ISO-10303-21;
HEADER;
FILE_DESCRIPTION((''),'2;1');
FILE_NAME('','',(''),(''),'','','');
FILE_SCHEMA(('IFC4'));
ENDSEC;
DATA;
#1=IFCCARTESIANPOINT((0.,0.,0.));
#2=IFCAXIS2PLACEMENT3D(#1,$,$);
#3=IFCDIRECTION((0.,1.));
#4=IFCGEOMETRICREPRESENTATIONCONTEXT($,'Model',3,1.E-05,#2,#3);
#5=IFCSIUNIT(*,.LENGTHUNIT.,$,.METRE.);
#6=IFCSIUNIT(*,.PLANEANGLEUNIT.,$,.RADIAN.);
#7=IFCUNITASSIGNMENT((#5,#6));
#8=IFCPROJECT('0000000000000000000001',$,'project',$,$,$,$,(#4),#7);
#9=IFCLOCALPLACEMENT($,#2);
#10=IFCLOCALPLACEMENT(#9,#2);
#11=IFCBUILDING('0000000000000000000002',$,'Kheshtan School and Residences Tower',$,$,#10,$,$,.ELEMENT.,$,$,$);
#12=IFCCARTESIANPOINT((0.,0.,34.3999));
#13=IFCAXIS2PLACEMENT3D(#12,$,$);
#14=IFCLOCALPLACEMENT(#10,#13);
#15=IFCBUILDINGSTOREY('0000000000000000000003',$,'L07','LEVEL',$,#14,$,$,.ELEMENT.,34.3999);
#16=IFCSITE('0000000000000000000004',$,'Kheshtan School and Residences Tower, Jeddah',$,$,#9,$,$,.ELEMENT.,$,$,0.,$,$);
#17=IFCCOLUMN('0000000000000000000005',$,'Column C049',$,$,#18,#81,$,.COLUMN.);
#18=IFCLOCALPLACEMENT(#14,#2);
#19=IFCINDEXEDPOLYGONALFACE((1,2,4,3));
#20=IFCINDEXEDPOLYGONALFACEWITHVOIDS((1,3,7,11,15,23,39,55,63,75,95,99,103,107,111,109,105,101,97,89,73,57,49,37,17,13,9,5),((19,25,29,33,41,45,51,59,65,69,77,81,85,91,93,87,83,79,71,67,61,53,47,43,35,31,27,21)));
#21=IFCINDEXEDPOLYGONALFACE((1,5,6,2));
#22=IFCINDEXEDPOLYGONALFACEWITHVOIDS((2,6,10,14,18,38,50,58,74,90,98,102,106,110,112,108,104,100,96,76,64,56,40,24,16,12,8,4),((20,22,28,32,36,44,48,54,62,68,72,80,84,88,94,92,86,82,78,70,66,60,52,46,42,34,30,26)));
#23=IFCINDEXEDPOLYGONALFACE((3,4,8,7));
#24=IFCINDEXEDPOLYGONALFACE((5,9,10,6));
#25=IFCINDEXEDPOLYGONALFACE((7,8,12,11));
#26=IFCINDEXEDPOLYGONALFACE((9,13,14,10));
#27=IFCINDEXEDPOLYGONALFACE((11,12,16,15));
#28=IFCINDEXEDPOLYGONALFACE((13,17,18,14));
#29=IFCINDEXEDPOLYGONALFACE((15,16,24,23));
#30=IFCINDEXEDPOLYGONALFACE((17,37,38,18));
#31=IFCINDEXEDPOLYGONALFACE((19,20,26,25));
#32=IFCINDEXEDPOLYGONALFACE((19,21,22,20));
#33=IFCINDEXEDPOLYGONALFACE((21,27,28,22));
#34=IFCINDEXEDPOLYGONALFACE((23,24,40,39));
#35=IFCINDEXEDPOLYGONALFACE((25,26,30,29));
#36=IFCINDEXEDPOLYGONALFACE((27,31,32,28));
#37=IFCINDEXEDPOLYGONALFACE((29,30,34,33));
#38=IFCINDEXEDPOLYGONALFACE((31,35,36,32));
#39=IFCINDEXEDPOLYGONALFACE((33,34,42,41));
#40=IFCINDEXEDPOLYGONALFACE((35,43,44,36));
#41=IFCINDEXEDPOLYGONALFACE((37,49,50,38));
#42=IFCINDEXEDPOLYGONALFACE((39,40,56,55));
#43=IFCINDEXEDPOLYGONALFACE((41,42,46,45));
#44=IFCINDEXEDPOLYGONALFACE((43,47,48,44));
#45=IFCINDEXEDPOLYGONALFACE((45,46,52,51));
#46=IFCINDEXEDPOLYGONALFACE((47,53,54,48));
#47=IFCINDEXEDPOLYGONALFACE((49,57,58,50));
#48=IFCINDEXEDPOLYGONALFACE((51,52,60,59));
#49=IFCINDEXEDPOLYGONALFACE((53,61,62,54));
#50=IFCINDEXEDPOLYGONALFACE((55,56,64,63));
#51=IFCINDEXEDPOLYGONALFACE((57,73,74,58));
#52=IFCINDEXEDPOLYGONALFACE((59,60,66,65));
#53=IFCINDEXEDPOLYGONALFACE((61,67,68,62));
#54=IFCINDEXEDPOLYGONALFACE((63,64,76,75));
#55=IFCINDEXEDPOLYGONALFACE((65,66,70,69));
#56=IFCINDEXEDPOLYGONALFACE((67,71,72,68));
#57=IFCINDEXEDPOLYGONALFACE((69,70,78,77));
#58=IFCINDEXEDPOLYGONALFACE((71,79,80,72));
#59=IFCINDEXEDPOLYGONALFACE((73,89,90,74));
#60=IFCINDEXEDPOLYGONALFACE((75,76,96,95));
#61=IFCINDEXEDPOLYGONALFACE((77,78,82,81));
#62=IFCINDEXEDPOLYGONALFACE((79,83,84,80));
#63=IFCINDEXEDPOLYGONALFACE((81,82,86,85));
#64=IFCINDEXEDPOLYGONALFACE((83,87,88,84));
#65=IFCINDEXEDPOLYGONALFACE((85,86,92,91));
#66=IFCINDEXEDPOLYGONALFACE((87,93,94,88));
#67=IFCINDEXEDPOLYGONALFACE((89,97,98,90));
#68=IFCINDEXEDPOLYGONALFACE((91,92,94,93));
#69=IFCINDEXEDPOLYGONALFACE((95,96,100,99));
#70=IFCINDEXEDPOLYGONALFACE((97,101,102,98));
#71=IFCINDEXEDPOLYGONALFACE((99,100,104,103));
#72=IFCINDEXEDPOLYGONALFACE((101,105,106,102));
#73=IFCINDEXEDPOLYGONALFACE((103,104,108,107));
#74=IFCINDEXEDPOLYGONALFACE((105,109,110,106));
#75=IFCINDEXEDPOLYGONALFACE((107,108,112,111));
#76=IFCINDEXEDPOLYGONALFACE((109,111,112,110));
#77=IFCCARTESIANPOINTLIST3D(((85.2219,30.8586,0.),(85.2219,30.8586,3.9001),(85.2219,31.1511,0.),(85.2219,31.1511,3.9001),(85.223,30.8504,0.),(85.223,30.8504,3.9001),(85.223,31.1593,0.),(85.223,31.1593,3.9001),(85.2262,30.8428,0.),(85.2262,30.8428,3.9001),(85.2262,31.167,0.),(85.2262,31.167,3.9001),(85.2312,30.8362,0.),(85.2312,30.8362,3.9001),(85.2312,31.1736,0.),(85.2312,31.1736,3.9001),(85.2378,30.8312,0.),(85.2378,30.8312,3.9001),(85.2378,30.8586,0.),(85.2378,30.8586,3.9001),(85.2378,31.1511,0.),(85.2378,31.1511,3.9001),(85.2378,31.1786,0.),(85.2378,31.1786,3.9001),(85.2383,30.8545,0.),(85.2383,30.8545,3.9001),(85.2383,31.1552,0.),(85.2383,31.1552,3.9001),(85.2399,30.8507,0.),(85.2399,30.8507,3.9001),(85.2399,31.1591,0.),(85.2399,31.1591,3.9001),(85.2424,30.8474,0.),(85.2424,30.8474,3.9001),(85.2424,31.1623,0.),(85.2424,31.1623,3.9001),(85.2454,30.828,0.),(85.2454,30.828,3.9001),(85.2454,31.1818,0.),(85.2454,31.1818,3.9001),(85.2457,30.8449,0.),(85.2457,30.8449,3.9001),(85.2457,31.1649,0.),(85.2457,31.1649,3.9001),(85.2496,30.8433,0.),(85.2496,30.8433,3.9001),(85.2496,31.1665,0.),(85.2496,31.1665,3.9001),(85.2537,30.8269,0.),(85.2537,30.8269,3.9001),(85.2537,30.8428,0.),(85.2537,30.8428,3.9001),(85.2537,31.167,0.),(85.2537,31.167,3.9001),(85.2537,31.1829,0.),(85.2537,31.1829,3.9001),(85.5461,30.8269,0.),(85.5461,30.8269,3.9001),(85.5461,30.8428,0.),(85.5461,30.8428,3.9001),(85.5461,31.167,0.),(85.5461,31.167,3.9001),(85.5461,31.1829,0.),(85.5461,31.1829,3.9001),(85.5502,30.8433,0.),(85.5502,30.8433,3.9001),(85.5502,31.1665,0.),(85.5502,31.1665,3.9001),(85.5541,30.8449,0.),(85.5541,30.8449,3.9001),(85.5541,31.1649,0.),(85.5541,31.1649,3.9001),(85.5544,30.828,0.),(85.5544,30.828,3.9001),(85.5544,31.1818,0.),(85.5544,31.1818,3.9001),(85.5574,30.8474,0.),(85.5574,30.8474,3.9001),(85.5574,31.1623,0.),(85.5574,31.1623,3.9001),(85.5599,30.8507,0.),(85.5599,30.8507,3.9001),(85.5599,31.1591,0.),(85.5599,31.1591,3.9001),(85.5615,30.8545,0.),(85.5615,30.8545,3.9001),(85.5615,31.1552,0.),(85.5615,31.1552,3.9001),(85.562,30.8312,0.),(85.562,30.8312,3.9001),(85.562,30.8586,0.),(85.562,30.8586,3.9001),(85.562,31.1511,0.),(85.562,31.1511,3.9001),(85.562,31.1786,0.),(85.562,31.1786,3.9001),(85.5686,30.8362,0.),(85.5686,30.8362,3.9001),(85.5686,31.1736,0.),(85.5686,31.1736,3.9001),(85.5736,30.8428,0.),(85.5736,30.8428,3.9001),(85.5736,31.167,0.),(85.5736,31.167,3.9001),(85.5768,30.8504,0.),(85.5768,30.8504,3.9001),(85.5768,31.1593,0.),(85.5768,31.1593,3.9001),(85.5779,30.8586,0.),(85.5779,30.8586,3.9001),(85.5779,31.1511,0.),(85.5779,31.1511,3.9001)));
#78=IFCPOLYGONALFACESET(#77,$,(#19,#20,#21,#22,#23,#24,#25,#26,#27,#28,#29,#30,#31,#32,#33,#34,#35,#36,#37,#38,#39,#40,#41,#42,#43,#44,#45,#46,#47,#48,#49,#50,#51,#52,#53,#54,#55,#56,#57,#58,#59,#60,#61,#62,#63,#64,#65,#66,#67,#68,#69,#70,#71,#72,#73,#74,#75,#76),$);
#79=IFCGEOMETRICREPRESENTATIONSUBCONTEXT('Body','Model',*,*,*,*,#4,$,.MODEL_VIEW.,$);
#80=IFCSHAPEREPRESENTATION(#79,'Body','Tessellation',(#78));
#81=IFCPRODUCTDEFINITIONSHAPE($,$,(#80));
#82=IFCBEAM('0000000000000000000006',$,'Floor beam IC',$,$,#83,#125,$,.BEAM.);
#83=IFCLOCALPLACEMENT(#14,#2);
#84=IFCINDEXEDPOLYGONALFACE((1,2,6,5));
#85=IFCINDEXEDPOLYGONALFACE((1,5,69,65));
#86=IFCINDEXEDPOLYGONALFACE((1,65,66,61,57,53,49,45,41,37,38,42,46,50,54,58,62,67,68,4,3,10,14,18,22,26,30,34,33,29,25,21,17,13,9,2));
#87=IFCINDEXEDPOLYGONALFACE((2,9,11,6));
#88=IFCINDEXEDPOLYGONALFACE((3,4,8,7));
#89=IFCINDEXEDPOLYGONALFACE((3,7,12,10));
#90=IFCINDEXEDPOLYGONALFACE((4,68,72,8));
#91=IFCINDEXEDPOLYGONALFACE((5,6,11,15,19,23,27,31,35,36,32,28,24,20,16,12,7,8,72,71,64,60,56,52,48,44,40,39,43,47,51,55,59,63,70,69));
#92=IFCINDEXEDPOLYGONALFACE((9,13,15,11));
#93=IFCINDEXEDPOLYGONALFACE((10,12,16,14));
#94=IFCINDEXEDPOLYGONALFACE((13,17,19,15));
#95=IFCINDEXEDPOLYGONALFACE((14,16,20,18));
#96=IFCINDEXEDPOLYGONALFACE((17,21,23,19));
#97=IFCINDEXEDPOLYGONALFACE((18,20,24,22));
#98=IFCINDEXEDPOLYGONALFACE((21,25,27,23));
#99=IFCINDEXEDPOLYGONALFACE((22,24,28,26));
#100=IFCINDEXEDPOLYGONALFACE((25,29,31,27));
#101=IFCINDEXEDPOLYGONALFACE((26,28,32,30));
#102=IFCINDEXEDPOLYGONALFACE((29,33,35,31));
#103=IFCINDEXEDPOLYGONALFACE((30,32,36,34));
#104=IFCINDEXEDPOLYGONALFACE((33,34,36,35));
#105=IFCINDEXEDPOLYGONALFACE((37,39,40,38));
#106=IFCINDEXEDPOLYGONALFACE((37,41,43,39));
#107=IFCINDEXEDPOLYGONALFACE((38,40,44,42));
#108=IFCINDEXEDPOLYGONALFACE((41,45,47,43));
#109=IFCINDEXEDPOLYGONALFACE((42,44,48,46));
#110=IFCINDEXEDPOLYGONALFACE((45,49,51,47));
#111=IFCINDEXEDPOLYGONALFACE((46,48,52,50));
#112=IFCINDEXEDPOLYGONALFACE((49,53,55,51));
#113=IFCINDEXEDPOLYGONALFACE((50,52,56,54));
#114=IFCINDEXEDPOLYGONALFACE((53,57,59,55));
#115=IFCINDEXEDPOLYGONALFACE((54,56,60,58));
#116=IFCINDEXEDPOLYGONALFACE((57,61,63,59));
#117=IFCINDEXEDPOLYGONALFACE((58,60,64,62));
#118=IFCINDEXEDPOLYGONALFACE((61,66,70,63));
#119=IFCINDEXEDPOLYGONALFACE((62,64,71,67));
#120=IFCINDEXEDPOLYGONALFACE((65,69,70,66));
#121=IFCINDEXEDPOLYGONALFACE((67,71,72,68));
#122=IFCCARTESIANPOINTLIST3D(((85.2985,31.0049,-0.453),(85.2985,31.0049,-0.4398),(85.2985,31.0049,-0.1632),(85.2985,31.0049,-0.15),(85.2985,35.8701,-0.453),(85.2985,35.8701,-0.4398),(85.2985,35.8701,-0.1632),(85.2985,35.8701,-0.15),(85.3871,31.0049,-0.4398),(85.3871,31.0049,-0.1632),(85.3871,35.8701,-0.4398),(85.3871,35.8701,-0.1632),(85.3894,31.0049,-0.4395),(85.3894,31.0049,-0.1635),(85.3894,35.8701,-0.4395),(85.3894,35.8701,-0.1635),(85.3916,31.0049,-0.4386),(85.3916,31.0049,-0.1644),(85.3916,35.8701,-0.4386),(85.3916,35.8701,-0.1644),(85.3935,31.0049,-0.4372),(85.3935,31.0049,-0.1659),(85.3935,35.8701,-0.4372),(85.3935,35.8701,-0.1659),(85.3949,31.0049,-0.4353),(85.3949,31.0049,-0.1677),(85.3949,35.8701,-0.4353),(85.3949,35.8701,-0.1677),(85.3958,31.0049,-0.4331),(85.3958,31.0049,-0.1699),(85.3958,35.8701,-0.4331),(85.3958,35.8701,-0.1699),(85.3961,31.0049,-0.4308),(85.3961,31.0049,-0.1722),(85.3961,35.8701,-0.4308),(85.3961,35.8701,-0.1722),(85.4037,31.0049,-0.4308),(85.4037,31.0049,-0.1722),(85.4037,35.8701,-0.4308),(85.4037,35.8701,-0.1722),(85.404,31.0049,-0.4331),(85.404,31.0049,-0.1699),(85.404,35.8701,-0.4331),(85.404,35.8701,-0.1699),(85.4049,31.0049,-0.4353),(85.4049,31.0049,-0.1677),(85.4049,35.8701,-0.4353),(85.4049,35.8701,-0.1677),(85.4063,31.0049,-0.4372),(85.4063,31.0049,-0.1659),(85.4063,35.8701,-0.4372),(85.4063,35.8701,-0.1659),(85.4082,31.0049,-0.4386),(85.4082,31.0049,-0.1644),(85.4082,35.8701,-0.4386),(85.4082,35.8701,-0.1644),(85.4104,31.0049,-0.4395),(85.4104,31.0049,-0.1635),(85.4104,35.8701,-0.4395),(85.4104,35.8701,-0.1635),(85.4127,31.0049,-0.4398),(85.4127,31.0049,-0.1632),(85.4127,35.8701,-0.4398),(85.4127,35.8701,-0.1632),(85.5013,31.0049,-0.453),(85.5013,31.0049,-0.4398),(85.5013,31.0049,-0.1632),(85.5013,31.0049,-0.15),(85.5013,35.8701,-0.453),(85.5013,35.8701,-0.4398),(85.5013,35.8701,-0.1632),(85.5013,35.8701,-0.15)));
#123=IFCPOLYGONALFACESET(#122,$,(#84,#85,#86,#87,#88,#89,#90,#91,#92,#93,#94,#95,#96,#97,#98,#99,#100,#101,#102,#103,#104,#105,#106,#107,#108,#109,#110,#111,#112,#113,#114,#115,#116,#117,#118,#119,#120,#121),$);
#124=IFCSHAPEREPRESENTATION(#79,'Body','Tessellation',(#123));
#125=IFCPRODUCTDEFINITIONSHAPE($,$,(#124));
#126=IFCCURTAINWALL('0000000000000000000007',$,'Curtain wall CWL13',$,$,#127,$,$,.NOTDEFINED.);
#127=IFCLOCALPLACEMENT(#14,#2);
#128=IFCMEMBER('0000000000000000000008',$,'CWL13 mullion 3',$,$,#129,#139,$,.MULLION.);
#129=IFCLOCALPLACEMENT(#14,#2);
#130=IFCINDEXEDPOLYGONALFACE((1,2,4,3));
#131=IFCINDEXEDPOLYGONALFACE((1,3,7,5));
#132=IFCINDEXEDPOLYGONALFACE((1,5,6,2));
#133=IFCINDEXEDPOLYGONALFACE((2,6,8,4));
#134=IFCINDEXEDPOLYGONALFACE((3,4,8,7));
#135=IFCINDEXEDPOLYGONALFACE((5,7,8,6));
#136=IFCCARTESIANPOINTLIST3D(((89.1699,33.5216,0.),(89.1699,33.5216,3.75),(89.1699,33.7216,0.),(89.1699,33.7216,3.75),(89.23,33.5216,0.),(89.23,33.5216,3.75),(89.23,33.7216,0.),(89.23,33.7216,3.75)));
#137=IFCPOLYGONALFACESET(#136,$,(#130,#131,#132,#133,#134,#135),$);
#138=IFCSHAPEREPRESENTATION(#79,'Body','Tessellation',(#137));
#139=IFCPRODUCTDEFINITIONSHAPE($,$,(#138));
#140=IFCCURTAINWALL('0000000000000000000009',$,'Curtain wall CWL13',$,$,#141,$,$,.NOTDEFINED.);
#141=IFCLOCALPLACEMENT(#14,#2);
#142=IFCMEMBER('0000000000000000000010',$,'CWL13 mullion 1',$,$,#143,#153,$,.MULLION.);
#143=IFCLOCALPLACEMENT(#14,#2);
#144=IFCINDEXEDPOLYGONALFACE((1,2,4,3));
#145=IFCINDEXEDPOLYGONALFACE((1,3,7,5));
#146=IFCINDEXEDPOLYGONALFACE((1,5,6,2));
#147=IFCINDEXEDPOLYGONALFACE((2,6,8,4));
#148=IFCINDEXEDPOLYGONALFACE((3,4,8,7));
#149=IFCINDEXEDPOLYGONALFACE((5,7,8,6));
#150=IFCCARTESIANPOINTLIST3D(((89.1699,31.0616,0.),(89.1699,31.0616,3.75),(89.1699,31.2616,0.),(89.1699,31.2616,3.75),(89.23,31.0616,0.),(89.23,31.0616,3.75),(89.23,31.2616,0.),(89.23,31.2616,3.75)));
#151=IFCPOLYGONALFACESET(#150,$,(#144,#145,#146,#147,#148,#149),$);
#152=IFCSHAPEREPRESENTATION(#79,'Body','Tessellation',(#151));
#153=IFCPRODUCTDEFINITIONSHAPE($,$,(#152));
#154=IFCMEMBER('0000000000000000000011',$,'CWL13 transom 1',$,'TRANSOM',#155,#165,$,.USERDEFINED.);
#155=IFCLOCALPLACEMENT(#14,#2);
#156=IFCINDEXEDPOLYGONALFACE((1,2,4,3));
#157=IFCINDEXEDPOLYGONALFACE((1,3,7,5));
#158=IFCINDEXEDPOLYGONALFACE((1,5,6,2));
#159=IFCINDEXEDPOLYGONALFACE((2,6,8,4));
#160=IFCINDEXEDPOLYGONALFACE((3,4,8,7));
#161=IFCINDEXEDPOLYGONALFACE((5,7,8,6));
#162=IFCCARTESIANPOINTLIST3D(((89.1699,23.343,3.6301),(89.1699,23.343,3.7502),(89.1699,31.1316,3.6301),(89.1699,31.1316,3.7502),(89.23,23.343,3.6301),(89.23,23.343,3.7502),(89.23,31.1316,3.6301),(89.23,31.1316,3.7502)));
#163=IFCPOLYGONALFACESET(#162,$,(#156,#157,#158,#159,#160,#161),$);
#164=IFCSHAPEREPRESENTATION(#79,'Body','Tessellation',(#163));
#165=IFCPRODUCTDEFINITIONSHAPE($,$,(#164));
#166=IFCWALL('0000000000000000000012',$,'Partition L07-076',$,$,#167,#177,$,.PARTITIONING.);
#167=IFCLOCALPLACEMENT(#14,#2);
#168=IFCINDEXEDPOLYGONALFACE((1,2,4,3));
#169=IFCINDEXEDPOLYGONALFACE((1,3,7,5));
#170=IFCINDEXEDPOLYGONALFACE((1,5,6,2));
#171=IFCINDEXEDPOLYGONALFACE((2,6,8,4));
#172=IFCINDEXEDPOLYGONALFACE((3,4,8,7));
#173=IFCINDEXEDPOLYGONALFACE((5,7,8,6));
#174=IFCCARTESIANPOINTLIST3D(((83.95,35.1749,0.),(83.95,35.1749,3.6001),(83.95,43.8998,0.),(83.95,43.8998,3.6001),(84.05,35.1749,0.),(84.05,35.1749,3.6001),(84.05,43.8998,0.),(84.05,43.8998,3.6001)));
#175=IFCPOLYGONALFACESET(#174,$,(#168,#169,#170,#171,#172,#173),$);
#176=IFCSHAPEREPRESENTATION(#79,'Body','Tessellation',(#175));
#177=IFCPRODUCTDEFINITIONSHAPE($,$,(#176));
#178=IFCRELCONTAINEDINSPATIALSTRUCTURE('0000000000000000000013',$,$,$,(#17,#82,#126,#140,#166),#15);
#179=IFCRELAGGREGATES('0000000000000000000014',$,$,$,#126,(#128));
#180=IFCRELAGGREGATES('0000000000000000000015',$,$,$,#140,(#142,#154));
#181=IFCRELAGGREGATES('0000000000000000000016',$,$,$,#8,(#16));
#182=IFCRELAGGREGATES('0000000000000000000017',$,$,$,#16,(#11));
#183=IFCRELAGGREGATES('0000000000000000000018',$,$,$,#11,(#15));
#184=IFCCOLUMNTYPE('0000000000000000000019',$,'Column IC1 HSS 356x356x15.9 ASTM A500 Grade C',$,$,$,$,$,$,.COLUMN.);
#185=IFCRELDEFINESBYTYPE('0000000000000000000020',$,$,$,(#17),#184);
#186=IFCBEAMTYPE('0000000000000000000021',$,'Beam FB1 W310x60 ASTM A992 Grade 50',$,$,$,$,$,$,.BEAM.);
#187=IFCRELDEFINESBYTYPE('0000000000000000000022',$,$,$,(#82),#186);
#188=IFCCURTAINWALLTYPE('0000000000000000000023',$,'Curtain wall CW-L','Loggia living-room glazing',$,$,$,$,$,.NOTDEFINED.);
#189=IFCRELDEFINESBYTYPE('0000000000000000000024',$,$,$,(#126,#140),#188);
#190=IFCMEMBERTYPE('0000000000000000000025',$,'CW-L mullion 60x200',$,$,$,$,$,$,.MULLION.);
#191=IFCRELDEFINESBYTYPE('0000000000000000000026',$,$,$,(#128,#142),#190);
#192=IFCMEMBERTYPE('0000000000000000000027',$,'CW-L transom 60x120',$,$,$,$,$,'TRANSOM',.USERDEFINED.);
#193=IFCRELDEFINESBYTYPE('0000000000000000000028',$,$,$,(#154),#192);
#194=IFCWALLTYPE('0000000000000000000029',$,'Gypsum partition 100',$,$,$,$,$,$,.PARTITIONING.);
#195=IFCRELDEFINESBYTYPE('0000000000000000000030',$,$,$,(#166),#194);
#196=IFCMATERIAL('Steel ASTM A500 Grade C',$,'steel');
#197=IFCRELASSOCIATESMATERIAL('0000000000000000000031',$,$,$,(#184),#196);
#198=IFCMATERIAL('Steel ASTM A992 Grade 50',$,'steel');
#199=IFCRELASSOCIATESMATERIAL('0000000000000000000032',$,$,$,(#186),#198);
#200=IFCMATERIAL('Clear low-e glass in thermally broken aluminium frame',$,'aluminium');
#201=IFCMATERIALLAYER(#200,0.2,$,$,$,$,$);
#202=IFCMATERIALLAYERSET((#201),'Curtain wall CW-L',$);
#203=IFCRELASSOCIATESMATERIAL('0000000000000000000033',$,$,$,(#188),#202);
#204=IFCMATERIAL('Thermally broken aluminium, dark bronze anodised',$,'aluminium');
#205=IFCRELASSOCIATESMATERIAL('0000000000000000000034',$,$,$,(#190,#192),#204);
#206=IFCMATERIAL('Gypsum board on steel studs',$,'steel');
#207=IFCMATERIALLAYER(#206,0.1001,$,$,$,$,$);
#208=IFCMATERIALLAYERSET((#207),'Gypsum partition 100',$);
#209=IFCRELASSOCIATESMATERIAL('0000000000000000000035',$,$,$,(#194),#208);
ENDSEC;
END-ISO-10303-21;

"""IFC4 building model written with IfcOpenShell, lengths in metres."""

from ifc_helpers import new_model, si_unit, direction, frame, frame_2d, origin, origin_2d, place, context, subcontext, project, spatial, rectangle, hollow_rectangle, i_section, extrude, material, layer, layer_set, material_profile, profile_set, type_object, element, aggregate, save


model = new_model("IFC4")

# Units and contexts
model_context = context("Model", 3, precision=1e-05, world=origin(), true_north=direction((0.0, 1.0)))
body_context = subcontext(model_context, "Body", "Model", "MODEL_VIEW")
ifc_project = project(units=[si_unit("LENGTHUNIT", "METRE"), si_unit("PLANEANGLEUNIT", "RADIAN")], contexts=[model_context])

# Site, building, storey
site_placement = place(None, origin())
site = spatial("IfcSite", under=ifc_project, at=site_placement, Name="Kheshtan School and Residences Tower, Jeddah", CompositionType="ELEMENT", RefElevation=0.0)
building_placement = place(site_placement, origin())
building = spatial("IfcBuilding", under=site, at=building_placement, Name="Kheshtan School and Residences Tower", CompositionType="ELEMENT")
storey_placement = place(building_placement, frame((0.0, 0.0, 34.3999)))
storey = spatial("IfcBuildingStorey", under=building, at=storey_placement, Name="L07", Description="LEVEL", CompositionType="ELEMENT", Elevation=34.3999)

# Column
ifc_material_1 = material(Name="Steel ASTM A500 Grade C", Category="steel")
ifc_material_profile_1 = material_profile(ifc_material_1, hollow_rectangle(XDim=0.356, YDim=0.356, WallThickness=0.0159, InnerFilletRadius=0.0159, OuterFilletRadius=0.0317, at=origin_2d()), Name="HSS 356x356x15.9")
ifc_profile_set_1 = profile_set([ifc_material_profile_1], Name="Steel ASTM A500 Grade C")
column_type = type_object("IfcColumnType", Name="Column IC1 HSS 356x356x15.9 ASTM A500 Grade C", PredefinedType="COLUMN", material=ifc_profile_set_1)
column_placement = place(storey_placement, frame((85.3999, 31.0049, 0.0), z_axis=(0.0, 0.0, 1.0), x_axis=(1.0, 0.0, 0.0)))
element("IfcColumn", 1, at=column_placement, inside=storey, type_object=column_type, Name="Column C049", PredefinedType="COLUMN", context=body_context, shape_type="SweptSolid", body=[
    extrude(hollow_rectangle(XDim=0.356, YDim=0.356, WallThickness=0.0159, InnerFilletRadius=0.0159, OuterFilletRadius=0.0317, at=origin_2d()), origin(), (0.0, 0.0, 1.0), 3.9001),
])

# Beam
ifc_material_2 = material(Name="Steel ASTM A992 Grade 50", Category="steel")
ifc_material_profile_2 = material_profile(ifc_material_2, i_section(OverallWidth=0.2029, OverallDepth=0.303, WebThickness=0.0076, FlangeThickness=0.0132, FilletRadius=0.009, at=origin_2d()), Name="W310x60")
ifc_profile_set_2 = profile_set([ifc_material_profile_2], Name="Steel ASTM A992 Grade 50")
beam_type = type_object("IfcBeamType", Name="Beam FB1 W310x60 ASTM A992 Grade 50", PredefinedType="BEAM", material=ifc_profile_set_2)
beam_placement = place(storey_placement, frame((85.3999, 31.0049, -0.3015), z_axis=(0.0, 1.0, 0.0), x_axis=(-1.0, 0.0, 0.0)))
element("IfcBeam", 2, at=beam_placement, inside=storey, type_object=beam_type, Name="Floor beam IC", PredefinedType="BEAM", context=body_context, shape_type="SweptSolid", body=[
    extrude(i_section(OverallWidth=0.2029, OverallDepth=0.303, WebThickness=0.0076, FlangeThickness=0.0132, FilletRadius=0.009, at=origin_2d()), origin(), (0.0, 0.0, 1.0), 4.8652),
])

# Curtain wall, member
ifc_material_3 = material(Name="Clear low-e glass in thermally broken aluminium frame", Category="aluminium")
ifc_layer_1 = layer(ifc_material_3, 0.2)
ifc_layer_set_1 = layer_set([ifc_layer_1], Name="Curtain wall CW-L")
curtain_wall_type = type_object("IfcCurtainWallType", Name="Curtain wall CW-L", Description="Loggia living-room glazing", PredefinedType="NOTDEFINED", material=ifc_layer_set_1)
curtain_wall_1_placement = place(storey_placement, origin())
curtain_wall_1 = element("IfcCurtainWall", 3, at=curtain_wall_1_placement, inside=storey, type_object=curtain_wall_type, Name="Curtain wall CWL13", PredefinedType="NOTDEFINED")
ifc_material_4 = material(Name="Thermally broken aluminium, dark bronze anodised", Category="aluminium")
ifc_material_profile_3 = material_profile(ifc_material_4, rectangle(XDim=0.0601, YDim=0.2, at=origin_2d()), Name="CW-L mullion 60x200")
ifc_profile_set_3 = profile_set([ifc_material_profile_3], Name="Thermally broken aluminium, dark bronze anodised")
member_type_1 = type_object("IfcMemberType", Name="CW-L mullion 60x200", PredefinedType="MULLION", material=ifc_profile_set_3)
member_1_placement = place(storey_placement, frame((89.2, 33.6216, 0.0), z_axis=(0.0, 0.0, 1.0), x_axis=(1.0, 0.0, 0.0)))
member_1 = element("IfcMember", 4, at=member_1_placement, type_object=member_type_1, Name="CWL13 mullion 3", PredefinedType="MULLION", context=body_context, shape_type="SweptSolid", body=[
    extrude(rectangle(XDim=0.0601, YDim=0.2, at=origin_2d()), origin(), (0.0, 0.0, 1.0), 3.75),
])
aggregate(curtain_wall_1, [member_1])

# Curtain wall, members
curtain_wall_2_placement = place(storey_placement, origin())
curtain_wall_2 = element("IfcCurtainWall", 5, at=curtain_wall_2_placement, inside=storey, type_object=curtain_wall_type, Name="Curtain wall CWL13", PredefinedType="NOTDEFINED")
member_2_placement = place(storey_placement, frame((89.2, 31.1616, 0.0), z_axis=(0.0, 0.0, 1.0), x_axis=(1.0, 0.0, 0.0)))
member_2 = element("IfcMember", 6, at=member_2_placement, type_object=member_type_1, Name="CWL13 mullion 1", PredefinedType="MULLION", context=body_context, shape_type="SweptSolid", body=[
    extrude(rectangle(XDim=0.0601, YDim=0.2, at=origin_2d()), origin(), (0.0, 0.0, 1.0), 3.75),
])
ifc_material_profile_4 = material_profile(ifc_material_4, rectangle(XDim=0.0601, YDim=0.1201, at=origin_2d()), Name="CW-L transom 60x120")
ifc_profile_set_4 = profile_set([ifc_material_profile_4], Name="Thermally broken aluminium, dark bronze anodised")
member_type_2 = type_object("IfcMemberType", Name="CW-L transom 60x120", ElementType="TRANSOM", PredefinedType="USERDEFINED", material=ifc_profile_set_4)
member_3_placement = place(storey_placement, frame((89.2, 31.1316, 3.6902), z_axis=(0.0, -1.0, 0.0), x_axis=(1.0, 0.0, 0.0)))
member_3 = element("IfcMember", 7, at=member_3_placement, type_object=member_type_2, Name="CWL13 transom 1", ObjectType="TRANSOM", PredefinedType="USERDEFINED", context=body_context, shape_type="SweptSolid", body=[
    extrude(rectangle(XDim=0.0601, YDim=0.1201, at=origin_2d()), origin(), (0.0, 0.0, 1.0), 7.7886),
])
aggregate(curtain_wall_2, [member_2, member_3])

# Wall
ifc_material_5 = material(Name="Gypsum board on steel studs", Category="steel")
ifc_layer_2 = layer(ifc_material_5, 0.1001)
ifc_layer_set_2 = layer_set([ifc_layer_2], Name="Gypsum partition 100")
wall_type_1 = type_object("IfcWallType", Name="Gypsum partition 100", PredefinedType="PARTITIONING", material=ifc_layer_set_2)
wall_1_placement = place(storey_placement, frame((84.0, 35.175, 0.0), z_axis=(0.0, 0.0, 1.0), x_axis=(0.0, 1.0, 0.0)))
element("IfcWall", 8, at=wall_1_placement, inside=storey, type_object=wall_type_1, Name="Partition L07-076", PredefinedType="PARTITIONING", context=body_context, shape_type="SweptSolid", body=[
    extrude(rectangle(XDim=8.7249, YDim=0.1001, at=frame_2d((4.3623, 0.0))), origin(), (0.0, 0.0, 1.0), 3.6001),
])

save(model, "model.ifc")
